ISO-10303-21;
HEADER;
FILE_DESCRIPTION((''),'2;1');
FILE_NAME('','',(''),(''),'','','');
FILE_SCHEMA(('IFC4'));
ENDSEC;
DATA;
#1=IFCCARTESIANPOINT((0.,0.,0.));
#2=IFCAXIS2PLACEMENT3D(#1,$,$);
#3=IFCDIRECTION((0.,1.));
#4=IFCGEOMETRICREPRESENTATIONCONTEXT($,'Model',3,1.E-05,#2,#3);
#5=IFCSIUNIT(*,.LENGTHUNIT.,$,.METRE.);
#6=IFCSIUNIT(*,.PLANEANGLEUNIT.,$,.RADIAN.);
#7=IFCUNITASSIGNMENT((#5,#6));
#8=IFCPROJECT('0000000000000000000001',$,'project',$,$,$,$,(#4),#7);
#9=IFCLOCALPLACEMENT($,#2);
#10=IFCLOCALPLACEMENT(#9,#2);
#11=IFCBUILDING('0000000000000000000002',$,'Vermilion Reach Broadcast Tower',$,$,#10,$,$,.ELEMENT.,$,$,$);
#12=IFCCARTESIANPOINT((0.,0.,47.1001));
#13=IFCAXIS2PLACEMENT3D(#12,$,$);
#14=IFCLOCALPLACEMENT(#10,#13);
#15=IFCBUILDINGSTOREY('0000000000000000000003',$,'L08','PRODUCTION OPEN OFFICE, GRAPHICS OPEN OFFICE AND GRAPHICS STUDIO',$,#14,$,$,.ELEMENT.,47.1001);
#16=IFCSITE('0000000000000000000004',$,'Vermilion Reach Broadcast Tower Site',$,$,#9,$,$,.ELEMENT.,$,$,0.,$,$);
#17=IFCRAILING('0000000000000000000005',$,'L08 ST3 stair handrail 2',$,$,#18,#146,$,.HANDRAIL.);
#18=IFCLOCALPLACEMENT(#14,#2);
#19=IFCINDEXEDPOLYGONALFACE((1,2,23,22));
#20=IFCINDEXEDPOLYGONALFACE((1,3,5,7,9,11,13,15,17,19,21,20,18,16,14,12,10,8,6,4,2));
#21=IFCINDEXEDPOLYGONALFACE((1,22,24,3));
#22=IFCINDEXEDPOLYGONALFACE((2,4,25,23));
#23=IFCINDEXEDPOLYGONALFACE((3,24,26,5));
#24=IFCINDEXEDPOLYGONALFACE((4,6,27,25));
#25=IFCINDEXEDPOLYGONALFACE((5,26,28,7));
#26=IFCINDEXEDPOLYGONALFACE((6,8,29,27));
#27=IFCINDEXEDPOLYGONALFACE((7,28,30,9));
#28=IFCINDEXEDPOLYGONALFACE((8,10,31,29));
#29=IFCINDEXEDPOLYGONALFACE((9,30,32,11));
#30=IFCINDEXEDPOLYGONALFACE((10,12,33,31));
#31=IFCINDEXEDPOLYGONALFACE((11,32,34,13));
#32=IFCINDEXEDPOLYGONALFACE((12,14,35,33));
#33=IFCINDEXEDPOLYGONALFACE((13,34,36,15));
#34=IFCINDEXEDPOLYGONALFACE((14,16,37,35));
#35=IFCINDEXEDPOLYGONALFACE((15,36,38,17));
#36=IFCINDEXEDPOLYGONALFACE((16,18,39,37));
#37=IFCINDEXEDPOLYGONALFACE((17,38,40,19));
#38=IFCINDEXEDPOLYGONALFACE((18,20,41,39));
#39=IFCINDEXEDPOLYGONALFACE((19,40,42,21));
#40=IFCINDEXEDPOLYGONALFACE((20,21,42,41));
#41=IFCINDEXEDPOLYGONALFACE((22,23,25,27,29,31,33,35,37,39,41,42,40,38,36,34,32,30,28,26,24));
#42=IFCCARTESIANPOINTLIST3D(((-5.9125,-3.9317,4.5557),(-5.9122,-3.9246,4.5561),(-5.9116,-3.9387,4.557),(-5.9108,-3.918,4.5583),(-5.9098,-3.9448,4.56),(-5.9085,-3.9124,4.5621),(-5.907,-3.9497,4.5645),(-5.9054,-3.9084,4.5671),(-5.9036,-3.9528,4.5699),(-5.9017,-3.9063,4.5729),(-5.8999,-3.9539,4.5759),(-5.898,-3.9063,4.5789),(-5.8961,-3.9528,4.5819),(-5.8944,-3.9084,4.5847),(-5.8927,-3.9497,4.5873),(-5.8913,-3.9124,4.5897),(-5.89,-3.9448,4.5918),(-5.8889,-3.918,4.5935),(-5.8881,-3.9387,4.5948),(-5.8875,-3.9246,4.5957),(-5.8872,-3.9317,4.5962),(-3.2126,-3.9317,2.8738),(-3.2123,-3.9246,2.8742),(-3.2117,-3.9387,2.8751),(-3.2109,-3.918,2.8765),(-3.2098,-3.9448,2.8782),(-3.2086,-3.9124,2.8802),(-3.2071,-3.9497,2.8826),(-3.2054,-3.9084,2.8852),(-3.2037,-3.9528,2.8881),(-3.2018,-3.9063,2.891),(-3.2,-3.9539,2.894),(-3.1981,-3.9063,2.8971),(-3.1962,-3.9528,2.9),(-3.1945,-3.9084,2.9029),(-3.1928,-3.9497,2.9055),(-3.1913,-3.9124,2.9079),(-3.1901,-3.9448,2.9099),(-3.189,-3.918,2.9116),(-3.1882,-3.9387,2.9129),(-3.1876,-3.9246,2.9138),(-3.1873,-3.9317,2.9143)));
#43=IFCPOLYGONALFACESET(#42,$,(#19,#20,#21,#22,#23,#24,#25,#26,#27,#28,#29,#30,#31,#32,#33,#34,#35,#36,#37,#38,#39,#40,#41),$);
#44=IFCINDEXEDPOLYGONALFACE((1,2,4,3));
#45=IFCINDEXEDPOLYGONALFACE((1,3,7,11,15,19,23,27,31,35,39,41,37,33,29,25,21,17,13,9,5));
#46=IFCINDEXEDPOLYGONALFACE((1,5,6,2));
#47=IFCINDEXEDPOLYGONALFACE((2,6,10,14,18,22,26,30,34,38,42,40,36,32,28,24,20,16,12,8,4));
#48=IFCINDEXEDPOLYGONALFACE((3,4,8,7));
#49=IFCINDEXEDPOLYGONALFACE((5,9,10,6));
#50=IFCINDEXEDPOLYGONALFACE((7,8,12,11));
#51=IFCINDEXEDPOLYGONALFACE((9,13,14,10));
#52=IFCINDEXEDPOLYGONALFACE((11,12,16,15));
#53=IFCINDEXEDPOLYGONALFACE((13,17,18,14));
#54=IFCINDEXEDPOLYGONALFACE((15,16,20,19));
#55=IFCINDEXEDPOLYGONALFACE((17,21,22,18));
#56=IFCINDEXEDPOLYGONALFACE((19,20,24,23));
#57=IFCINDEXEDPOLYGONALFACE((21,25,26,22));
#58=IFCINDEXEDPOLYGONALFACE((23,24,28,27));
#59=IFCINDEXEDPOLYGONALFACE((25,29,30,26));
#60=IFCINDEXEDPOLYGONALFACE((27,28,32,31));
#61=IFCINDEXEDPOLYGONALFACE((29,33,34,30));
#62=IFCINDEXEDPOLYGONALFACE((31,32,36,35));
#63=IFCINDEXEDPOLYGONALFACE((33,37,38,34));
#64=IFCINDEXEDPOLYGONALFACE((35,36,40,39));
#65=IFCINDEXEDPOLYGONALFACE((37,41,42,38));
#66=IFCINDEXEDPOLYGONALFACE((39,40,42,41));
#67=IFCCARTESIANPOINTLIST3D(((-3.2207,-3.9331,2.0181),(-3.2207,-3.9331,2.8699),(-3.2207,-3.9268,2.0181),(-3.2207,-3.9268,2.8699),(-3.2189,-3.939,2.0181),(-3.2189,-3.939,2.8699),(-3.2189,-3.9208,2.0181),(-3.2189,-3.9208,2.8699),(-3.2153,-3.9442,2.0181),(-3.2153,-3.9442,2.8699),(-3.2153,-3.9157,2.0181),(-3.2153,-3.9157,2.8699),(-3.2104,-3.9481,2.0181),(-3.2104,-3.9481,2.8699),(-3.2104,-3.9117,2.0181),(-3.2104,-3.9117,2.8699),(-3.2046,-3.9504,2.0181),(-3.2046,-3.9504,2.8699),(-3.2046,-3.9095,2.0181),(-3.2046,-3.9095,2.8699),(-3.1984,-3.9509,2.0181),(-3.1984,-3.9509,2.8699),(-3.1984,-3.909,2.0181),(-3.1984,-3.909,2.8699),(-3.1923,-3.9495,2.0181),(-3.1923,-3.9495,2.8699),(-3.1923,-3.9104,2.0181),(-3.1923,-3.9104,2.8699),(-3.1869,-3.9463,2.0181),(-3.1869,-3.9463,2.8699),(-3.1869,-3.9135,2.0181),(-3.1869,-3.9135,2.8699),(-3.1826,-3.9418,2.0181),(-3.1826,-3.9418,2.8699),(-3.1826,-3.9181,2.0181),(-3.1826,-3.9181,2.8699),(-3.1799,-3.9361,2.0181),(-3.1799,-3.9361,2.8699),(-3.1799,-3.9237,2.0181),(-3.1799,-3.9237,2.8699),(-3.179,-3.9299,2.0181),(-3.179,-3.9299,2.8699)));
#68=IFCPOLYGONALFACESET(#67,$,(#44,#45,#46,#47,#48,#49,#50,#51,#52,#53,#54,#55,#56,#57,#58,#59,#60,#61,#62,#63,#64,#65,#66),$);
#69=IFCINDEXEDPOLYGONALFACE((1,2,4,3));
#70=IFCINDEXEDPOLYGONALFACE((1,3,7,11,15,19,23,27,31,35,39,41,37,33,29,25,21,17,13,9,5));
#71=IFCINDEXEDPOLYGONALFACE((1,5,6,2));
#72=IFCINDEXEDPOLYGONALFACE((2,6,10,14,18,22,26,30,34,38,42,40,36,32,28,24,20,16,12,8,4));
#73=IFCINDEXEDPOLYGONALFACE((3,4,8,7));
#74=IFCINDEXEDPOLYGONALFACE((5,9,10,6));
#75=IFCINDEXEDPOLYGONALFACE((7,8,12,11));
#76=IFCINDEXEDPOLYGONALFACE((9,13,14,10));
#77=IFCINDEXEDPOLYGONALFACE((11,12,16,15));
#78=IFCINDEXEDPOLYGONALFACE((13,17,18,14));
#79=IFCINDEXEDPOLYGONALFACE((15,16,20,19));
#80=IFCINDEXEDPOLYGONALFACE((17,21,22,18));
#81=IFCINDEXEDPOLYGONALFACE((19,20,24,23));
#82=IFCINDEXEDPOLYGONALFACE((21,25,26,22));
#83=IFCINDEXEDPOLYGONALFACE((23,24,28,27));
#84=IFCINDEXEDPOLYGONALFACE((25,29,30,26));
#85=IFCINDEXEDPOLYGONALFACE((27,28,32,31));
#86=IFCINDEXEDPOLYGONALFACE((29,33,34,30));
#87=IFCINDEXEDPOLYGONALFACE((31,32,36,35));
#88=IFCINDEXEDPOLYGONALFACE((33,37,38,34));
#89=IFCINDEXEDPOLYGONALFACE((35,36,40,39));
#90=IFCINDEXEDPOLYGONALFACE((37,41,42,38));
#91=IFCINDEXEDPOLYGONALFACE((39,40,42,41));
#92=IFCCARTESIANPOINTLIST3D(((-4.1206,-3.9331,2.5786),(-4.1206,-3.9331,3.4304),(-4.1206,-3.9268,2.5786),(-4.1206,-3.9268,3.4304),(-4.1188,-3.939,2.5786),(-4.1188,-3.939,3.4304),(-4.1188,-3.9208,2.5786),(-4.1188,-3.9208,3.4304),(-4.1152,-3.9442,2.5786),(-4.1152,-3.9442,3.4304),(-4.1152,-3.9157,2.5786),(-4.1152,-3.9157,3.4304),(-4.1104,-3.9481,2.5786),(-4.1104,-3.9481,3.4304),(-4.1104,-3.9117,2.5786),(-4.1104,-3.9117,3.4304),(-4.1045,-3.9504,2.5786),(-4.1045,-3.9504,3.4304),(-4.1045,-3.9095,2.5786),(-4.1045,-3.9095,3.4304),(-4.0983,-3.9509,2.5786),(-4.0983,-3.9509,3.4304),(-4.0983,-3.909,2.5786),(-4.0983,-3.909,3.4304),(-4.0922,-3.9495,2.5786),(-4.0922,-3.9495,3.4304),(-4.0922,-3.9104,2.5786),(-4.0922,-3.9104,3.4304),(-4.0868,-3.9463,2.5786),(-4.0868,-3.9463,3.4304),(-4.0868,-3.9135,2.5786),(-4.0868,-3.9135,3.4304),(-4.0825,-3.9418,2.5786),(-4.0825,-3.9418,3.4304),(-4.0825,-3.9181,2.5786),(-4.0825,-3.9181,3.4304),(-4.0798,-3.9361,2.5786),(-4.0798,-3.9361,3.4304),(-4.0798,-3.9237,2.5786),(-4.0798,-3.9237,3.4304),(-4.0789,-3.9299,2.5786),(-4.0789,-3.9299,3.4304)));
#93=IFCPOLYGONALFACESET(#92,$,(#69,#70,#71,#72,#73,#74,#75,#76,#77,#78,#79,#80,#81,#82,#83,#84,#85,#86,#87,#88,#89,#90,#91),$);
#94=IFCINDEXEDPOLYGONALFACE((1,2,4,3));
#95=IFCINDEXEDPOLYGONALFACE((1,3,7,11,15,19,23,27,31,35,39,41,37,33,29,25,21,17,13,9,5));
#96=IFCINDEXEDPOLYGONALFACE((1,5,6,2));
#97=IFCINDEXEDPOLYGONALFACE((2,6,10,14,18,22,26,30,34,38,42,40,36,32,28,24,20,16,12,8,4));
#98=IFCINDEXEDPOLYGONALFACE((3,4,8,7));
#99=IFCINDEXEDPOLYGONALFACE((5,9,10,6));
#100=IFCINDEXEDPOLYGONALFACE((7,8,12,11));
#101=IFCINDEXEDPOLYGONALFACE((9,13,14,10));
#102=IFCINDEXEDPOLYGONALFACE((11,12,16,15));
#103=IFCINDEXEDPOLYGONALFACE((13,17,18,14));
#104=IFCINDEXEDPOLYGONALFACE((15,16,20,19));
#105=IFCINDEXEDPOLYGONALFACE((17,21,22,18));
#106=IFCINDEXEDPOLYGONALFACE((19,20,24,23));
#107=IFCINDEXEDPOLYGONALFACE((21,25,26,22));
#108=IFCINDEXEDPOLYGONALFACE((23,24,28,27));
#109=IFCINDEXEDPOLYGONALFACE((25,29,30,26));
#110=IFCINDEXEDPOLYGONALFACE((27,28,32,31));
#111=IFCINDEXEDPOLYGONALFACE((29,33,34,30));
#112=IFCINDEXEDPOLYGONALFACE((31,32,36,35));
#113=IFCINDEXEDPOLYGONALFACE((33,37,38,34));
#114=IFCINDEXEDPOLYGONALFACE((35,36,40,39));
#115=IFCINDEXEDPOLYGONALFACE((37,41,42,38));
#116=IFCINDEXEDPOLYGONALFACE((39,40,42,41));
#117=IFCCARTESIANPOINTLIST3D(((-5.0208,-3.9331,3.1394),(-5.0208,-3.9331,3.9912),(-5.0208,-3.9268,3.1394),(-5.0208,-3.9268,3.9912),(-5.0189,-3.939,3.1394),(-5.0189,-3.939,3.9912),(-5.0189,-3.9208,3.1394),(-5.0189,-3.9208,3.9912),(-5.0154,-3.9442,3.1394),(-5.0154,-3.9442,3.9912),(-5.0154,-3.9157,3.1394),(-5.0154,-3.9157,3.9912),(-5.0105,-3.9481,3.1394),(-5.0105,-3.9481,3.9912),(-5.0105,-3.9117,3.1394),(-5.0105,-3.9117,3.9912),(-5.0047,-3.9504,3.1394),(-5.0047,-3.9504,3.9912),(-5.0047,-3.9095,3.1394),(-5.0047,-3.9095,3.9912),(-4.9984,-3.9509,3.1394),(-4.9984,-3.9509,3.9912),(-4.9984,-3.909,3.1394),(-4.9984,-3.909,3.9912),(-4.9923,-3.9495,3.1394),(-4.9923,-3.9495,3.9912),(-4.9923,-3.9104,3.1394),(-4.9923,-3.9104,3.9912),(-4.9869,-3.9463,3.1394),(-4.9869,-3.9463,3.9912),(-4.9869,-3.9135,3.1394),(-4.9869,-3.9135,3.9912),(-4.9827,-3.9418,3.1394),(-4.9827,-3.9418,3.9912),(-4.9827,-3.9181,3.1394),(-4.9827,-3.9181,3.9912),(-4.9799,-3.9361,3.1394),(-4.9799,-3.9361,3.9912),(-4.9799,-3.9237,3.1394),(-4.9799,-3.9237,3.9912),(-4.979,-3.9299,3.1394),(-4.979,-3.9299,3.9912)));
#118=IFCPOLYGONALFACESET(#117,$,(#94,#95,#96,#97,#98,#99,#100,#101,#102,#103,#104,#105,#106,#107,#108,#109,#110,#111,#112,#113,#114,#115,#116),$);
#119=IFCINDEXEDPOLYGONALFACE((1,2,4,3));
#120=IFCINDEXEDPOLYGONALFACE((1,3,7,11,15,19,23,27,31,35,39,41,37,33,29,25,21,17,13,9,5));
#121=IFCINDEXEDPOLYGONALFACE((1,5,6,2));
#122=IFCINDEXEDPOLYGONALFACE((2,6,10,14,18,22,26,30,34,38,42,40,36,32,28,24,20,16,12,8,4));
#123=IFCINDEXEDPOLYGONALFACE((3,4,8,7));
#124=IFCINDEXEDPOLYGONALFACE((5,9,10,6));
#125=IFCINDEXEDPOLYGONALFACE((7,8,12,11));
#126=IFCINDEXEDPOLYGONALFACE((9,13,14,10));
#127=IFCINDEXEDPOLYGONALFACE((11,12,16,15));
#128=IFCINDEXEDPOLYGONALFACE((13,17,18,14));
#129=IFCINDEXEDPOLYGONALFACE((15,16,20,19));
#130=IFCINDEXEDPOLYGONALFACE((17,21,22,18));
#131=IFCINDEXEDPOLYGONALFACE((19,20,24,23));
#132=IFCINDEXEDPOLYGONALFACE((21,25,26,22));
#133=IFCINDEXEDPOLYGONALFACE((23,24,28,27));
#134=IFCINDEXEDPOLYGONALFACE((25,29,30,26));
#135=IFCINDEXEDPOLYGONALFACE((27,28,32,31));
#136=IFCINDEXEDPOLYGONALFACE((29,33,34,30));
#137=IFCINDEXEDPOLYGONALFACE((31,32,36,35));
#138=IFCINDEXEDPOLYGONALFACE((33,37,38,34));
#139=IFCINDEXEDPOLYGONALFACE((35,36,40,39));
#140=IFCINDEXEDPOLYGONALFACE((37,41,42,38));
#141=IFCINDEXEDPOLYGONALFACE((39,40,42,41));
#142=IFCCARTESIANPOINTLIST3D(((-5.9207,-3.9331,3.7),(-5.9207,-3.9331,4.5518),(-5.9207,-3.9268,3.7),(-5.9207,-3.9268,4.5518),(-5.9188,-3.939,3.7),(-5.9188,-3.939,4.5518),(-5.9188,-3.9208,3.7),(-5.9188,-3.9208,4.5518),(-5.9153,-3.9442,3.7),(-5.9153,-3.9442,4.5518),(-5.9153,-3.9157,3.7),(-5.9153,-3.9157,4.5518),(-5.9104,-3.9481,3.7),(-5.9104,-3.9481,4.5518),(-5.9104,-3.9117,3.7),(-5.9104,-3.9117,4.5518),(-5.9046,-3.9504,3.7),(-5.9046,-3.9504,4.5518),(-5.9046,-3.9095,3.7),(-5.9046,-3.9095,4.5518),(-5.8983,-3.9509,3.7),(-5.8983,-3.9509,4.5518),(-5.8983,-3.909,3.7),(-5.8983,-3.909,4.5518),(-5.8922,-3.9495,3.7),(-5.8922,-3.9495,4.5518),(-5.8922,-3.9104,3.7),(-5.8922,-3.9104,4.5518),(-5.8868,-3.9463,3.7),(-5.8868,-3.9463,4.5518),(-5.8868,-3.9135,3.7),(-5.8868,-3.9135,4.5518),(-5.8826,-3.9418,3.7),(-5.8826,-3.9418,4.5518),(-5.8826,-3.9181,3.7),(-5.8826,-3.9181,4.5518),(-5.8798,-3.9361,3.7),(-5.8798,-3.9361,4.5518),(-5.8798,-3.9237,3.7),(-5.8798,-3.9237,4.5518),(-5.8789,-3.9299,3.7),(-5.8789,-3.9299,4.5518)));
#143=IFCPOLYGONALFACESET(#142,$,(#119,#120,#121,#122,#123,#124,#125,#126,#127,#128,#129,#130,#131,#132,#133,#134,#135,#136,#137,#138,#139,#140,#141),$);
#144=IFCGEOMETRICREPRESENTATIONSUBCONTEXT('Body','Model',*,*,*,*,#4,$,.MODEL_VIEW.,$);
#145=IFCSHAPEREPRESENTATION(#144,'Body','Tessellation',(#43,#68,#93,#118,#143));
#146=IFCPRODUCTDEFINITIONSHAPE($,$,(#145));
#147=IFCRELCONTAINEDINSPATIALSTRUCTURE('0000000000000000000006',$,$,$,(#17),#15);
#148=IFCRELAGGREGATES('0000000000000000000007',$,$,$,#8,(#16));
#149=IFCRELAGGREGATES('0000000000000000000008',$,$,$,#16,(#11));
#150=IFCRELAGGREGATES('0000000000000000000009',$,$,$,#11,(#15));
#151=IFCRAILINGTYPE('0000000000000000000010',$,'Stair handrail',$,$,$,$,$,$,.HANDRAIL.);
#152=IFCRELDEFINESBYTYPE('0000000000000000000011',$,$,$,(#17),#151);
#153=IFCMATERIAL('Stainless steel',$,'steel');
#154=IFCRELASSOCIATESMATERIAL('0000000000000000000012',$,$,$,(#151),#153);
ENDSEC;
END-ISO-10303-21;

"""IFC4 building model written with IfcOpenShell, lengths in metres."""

from ifc_helpers import new_model, si_unit, direction, frame, origin, origin_2d, place, context, subcontext, project, spatial, circle, extrude, material, type_object, element, save


model = new_model("IFC4")

# Units and contexts
model_context = context("Model", 3, precision=1e-05, world=origin(), true_north=direction((0.0, 1.0)))
body_context = subcontext(model_context, "Body", "Model", "MODEL_VIEW")
ifc_project = project(units=[si_unit("LENGTHUNIT", "METRE"), si_unit("PLANEANGLEUNIT", "RADIAN")], contexts=[model_context])

# Site, building, storey
site_placement = place(None, origin())
site = spatial("IfcSite", under=ifc_project, at=site_placement, Name="Vermilion Reach Broadcast Tower Site", CompositionType="ELEMENT", RefElevation=0.0)
building_placement = place(site_placement, origin())
building = spatial("IfcBuilding", under=site, at=building_placement, Name="Vermilion Reach Broadcast Tower", CompositionType="ELEMENT")
storey_placement = place(building_placement, frame((0.0, 0.0, 47.1001)))
storey = spatial("IfcBuildingStorey", under=building, at=storey_placement, Name="L08", Description="PRODUCTION OPEN OFFICE, GRAPHICS OPEN OFFICE AND GRAPHICS STUDIO", CompositionType="ELEMENT", Elevation=47.1001)

# Railing
ifc_material_1 = material(Name="Stainless steel", Category="steel")
railing_type_1 = type_object("IfcRailingType", Name="Stair handrail", PredefinedType="HANDRAIL", material=ifc_material_1)
railing_1_placement = place(storey_placement, frame((-3.2, -3.9299, 2.0181)))
element("IfcRailing", 1, at=railing_1_placement, inside=storey, type_object=railing_type_1, Name="L08 ST3 stair handrail 2", PredefinedType="HANDRAIL", context=body_context, shape_type="SweptSolid", body=[
    extrude(circle(Radius=0.0239, at=origin_2d()), frame((0.0, 0.0, 0.876), z_axis=(-0.848786, 0.0, 0.528736), x_axis=(0.0, -1.0, 0.0)), (0.0, 0.0, 1.0), 3.1809),
    extrude(circle(Radius=0.021, at=origin_2d()), origin(), (0.0, 0.0, 1.0), 0.8518),
    extrude(circle(Radius=0.021, at=origin_2d()), frame((-0.8999, 0.0, 0.5605)), (0.0, 0.0, 1.0), 0.8518),
    extrude(circle(Radius=0.021, at=origin_2d()), frame((-1.8, 0.0, 1.1213)), (0.0, 0.0, 1.0), 0.8518),
    extrude(circle(Radius=0.021, at=origin_2d()), frame((-2.7, 0.0, 1.6819)), (0.0, 0.0, 1.0), 0.8518),
])

save(model, "model.ifc")
